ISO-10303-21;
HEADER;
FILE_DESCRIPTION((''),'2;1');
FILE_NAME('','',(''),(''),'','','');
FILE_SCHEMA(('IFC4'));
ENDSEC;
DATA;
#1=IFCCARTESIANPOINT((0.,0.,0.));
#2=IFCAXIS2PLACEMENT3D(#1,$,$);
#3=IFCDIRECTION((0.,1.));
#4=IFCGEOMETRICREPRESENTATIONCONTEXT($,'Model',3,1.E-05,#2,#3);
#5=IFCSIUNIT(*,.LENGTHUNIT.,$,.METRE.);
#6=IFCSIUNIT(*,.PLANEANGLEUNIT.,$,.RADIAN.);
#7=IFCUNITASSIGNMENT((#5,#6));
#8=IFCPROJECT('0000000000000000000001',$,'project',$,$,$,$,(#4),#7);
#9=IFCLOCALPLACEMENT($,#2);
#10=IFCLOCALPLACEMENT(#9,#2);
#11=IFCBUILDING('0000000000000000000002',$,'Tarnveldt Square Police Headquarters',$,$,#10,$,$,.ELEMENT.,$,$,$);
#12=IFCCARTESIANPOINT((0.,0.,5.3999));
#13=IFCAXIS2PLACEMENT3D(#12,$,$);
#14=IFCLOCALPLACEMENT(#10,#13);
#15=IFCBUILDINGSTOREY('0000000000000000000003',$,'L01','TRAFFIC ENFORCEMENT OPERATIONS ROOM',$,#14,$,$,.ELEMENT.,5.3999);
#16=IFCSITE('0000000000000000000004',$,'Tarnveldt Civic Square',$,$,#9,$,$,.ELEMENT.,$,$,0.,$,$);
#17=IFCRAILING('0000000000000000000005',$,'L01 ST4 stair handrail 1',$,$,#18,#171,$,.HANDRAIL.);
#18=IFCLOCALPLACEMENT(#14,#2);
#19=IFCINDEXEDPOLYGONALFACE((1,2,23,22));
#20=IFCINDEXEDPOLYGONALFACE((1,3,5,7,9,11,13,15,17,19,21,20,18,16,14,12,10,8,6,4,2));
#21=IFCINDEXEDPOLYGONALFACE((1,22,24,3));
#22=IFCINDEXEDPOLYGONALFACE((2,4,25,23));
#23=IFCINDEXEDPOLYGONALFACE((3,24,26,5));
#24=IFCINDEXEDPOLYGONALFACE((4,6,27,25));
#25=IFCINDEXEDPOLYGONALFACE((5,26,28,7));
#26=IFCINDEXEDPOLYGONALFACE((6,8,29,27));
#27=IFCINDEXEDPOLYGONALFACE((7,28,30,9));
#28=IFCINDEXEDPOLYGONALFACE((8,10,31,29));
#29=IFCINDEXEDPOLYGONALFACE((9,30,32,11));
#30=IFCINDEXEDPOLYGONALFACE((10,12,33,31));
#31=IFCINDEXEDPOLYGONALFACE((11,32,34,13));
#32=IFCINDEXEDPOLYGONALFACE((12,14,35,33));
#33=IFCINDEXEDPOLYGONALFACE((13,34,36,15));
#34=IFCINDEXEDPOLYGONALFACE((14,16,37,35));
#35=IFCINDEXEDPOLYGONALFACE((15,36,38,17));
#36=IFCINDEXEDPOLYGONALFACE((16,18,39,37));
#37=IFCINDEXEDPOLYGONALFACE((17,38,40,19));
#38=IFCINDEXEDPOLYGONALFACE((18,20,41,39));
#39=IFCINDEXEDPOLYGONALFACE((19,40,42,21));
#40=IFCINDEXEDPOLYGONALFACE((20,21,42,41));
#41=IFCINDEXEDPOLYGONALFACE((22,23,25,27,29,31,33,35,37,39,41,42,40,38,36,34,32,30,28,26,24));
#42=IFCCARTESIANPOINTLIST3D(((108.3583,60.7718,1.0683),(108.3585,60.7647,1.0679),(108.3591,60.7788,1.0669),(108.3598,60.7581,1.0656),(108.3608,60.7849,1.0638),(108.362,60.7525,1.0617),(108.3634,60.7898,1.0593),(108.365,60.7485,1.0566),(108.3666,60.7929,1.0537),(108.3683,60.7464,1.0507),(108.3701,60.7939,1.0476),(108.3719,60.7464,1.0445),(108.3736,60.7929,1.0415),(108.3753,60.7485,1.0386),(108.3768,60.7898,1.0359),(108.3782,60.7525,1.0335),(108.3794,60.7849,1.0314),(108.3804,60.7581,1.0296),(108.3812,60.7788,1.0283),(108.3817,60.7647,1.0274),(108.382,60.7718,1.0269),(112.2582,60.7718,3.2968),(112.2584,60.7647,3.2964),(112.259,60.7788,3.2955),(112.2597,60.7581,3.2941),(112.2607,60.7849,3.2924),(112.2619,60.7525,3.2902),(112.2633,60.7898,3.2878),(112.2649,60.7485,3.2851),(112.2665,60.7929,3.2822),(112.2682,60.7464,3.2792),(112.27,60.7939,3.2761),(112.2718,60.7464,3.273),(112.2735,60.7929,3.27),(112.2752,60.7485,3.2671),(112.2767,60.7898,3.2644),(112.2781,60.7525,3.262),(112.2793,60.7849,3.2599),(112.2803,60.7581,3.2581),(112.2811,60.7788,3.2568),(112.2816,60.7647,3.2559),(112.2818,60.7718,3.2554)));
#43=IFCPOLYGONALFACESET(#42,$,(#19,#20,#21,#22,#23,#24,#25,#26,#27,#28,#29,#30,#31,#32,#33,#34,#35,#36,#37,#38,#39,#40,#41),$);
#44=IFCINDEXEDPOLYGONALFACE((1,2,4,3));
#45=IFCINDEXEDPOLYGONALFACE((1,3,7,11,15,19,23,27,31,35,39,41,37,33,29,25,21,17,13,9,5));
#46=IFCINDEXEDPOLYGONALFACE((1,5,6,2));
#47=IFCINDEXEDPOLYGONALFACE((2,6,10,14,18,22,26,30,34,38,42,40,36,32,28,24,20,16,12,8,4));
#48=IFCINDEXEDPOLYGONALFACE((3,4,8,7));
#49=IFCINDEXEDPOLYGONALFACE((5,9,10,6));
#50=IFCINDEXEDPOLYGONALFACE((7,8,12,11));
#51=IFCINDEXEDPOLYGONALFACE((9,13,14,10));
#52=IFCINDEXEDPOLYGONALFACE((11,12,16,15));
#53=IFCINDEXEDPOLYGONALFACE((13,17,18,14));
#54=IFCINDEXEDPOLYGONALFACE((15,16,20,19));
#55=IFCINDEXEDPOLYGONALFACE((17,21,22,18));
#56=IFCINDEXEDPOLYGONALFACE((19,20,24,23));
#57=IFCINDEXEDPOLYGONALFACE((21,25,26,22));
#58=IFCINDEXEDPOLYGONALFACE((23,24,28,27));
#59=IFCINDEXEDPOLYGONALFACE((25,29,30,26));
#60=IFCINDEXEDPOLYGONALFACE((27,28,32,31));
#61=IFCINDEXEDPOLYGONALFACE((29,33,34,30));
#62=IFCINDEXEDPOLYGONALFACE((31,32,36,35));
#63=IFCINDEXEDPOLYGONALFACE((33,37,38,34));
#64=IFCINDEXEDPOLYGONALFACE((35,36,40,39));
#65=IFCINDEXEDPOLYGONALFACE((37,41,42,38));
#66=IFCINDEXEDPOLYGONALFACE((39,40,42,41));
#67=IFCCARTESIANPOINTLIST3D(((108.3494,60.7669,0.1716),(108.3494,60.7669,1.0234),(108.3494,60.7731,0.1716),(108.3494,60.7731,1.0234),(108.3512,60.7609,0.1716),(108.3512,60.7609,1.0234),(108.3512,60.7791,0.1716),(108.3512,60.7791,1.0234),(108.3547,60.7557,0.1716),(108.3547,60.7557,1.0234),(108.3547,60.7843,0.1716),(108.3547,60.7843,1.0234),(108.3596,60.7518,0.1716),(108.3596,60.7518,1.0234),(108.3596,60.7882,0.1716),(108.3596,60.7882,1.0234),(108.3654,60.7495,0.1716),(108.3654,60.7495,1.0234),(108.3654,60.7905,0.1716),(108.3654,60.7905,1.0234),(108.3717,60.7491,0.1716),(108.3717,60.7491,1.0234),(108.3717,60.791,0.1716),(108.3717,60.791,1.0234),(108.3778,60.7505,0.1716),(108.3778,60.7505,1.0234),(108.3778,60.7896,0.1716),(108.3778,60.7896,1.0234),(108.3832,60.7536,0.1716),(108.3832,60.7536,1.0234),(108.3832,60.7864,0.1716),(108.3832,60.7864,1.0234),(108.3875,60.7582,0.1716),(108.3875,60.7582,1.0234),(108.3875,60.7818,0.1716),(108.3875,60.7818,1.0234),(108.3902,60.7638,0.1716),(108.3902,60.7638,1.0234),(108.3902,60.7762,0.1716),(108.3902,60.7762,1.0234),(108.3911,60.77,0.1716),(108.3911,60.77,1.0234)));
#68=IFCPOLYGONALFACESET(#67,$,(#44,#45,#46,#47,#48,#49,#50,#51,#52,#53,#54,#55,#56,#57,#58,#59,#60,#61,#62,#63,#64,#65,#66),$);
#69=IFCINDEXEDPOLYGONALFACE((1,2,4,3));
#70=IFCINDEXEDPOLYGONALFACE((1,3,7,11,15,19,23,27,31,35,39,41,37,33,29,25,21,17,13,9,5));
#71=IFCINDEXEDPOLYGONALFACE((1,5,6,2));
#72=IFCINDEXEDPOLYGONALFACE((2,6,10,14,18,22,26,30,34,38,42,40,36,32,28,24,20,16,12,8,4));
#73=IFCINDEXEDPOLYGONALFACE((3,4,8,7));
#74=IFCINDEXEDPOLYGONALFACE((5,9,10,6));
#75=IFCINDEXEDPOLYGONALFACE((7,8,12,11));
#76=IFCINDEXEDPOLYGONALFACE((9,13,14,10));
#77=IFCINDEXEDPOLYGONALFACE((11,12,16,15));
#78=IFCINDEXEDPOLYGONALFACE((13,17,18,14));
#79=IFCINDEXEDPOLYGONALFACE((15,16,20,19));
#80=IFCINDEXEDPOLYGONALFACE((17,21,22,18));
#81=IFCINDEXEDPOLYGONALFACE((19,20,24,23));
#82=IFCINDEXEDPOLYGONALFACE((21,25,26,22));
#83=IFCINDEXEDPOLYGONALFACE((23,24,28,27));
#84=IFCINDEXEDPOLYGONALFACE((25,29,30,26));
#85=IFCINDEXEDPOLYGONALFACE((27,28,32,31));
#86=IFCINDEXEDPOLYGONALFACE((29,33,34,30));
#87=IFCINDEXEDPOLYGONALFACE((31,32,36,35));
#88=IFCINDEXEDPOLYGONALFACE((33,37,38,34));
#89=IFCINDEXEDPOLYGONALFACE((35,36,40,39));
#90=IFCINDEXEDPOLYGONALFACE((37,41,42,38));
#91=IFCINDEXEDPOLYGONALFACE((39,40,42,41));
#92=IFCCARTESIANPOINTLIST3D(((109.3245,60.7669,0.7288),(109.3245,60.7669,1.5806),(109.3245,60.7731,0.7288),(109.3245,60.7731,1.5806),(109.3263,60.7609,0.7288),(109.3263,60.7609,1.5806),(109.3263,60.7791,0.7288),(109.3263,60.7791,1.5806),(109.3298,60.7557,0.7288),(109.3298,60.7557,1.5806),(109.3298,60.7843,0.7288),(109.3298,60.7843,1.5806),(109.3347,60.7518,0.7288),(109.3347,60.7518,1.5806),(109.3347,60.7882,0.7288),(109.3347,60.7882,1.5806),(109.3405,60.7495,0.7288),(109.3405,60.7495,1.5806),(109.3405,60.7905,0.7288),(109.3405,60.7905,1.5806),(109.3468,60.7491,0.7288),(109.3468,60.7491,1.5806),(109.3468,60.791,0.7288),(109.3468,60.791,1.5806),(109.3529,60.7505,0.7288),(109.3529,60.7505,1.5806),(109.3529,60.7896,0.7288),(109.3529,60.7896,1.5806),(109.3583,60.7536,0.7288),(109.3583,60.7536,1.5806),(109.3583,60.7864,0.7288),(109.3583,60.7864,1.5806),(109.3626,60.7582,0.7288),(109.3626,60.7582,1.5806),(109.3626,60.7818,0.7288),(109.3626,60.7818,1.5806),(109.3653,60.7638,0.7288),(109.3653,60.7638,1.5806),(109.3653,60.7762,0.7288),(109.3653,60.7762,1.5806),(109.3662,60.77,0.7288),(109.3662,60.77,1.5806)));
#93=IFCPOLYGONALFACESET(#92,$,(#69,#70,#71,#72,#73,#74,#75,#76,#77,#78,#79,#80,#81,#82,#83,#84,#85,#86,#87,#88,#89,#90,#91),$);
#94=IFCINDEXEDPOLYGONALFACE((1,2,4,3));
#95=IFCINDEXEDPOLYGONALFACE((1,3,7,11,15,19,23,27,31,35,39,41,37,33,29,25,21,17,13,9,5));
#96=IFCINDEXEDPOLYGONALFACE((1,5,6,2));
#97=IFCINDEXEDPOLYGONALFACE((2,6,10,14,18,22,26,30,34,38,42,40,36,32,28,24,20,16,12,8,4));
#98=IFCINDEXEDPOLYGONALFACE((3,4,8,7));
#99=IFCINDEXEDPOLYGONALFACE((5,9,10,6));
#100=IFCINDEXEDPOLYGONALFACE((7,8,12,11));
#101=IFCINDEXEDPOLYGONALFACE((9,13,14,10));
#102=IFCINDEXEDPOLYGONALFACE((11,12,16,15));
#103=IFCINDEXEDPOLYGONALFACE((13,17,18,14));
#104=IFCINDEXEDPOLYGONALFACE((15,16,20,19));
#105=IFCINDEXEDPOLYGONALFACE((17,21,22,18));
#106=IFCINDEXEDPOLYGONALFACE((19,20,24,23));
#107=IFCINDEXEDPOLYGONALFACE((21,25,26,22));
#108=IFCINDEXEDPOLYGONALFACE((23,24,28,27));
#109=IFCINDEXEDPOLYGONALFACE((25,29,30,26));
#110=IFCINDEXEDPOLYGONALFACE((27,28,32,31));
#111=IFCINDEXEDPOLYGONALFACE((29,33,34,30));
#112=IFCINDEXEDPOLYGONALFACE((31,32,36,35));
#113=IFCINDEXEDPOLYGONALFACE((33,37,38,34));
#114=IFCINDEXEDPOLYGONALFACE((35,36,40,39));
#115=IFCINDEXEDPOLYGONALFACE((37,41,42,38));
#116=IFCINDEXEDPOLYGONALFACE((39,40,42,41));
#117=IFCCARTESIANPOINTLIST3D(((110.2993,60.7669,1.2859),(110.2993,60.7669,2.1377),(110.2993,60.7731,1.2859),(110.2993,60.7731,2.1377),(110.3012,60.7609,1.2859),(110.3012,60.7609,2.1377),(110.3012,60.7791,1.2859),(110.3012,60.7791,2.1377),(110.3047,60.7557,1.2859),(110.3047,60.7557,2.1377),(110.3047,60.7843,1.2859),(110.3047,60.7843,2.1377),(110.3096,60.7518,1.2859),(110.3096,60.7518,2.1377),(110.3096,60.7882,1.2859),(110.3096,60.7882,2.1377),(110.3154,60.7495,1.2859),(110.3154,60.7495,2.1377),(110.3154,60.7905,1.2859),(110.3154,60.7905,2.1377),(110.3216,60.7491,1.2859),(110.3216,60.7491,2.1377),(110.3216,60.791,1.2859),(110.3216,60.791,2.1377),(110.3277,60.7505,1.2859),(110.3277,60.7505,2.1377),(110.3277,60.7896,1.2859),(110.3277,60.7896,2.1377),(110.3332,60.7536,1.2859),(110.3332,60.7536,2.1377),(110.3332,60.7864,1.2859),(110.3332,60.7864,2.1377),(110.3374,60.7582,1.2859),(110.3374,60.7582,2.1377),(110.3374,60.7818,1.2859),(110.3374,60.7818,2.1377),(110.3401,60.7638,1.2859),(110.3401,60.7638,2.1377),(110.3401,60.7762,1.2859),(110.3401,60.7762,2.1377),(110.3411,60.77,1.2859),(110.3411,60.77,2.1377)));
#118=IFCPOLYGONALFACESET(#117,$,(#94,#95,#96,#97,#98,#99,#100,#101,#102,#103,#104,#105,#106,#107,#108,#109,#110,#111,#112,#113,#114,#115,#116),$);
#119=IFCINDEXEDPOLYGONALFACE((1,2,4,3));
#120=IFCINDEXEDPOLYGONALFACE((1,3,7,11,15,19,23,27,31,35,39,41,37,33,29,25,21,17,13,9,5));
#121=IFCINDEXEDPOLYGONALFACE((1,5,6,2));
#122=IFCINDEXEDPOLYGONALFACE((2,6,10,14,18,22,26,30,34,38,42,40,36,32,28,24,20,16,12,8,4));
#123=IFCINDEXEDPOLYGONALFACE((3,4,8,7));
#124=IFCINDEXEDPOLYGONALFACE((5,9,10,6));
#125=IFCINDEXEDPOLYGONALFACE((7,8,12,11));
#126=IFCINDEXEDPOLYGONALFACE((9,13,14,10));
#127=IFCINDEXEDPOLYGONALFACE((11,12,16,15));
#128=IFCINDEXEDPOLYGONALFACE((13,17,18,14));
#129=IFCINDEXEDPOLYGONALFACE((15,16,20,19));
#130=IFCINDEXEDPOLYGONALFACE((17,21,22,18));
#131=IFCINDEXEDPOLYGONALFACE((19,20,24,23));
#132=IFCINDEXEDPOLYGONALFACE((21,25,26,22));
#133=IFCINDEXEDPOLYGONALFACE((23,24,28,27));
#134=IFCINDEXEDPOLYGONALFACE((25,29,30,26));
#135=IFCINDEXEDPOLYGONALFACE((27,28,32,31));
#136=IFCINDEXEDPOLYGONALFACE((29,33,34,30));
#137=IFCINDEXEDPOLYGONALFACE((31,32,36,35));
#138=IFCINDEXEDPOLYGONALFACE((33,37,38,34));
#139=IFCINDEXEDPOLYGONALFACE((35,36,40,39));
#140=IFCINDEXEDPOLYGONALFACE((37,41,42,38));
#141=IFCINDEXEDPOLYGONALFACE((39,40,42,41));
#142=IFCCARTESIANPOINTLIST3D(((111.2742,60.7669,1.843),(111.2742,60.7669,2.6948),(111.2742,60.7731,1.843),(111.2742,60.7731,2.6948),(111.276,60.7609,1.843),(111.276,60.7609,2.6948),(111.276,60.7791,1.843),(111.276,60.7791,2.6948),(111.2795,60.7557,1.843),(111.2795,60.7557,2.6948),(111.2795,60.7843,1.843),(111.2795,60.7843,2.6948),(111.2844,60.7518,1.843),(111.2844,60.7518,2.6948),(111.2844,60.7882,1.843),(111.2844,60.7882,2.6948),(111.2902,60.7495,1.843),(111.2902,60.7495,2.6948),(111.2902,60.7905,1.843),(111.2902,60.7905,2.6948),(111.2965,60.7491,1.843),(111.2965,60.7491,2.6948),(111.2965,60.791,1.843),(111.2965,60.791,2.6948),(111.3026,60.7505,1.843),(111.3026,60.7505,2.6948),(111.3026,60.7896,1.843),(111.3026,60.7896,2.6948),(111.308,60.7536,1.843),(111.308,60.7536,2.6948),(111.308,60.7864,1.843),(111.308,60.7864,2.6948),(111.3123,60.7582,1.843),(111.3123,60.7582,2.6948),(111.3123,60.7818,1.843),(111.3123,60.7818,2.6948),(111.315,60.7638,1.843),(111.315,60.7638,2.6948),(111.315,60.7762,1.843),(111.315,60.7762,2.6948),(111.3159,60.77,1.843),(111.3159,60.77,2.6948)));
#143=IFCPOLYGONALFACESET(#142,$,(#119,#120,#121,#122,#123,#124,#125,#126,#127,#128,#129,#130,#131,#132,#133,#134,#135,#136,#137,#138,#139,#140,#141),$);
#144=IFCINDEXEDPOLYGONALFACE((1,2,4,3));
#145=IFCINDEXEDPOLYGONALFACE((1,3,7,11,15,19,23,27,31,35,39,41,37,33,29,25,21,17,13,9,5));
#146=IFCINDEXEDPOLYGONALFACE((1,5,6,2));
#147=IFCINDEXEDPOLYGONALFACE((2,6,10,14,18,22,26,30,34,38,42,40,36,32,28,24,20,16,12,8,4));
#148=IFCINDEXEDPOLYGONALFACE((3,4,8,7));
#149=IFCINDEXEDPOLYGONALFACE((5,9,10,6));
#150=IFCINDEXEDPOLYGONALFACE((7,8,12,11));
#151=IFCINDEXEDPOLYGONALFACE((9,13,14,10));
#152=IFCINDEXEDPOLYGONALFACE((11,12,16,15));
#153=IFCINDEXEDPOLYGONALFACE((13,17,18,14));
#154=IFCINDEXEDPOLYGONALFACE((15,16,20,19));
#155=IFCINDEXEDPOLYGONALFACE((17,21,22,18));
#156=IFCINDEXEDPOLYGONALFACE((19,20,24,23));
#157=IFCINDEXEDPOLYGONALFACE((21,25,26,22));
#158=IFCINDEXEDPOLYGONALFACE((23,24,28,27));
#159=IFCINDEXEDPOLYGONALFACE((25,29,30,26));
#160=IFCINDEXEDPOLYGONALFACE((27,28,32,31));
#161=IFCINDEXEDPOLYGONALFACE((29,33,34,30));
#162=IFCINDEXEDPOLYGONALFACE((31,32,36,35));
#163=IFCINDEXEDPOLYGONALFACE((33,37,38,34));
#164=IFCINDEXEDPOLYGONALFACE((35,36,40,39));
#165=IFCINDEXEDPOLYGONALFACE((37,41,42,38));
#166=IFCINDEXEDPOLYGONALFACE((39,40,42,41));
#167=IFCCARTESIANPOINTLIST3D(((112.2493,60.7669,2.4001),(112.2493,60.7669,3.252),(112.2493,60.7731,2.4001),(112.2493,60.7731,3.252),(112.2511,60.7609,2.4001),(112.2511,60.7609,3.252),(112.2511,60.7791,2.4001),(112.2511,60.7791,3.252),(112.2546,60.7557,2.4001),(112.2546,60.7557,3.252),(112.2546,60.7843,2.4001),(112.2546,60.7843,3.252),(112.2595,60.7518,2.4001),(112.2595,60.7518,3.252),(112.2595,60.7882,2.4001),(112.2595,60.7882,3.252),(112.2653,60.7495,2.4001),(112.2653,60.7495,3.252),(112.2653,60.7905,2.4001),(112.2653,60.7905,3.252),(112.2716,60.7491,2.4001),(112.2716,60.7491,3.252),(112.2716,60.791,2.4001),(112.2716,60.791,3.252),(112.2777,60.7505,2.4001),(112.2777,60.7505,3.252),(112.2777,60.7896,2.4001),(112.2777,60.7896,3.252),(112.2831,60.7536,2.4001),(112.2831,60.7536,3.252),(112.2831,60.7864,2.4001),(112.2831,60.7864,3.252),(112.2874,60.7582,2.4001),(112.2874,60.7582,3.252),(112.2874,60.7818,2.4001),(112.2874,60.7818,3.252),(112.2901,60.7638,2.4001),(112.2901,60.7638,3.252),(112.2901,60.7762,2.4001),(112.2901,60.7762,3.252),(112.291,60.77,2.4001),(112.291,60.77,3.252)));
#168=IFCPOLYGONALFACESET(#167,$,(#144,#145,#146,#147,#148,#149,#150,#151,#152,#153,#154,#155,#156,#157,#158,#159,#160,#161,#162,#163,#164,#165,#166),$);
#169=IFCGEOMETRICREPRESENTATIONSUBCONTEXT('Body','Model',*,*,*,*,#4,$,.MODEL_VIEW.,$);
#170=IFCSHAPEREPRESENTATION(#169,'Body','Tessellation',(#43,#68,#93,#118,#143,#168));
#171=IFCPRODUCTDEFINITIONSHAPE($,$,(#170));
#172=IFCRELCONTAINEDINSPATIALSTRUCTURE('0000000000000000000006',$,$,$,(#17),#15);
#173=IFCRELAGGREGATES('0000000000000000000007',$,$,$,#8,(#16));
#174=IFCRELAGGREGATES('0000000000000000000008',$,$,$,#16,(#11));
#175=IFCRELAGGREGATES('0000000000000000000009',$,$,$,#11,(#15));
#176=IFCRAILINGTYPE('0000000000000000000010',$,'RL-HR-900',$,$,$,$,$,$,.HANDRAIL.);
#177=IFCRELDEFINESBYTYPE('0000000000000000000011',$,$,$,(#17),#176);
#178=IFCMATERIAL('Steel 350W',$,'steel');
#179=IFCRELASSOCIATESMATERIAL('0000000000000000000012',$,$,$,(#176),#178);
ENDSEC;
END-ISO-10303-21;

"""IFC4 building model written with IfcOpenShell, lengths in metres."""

from ifc_helpers import new_model, si_unit, direction, frame, origin, origin_2d, place, context, subcontext, project, spatial, circle, extrude, material, type_object, element, save


model = new_model("IFC4")

# Units and contexts
model_context = context("Model", 3, precision=1e-05, world=origin(), true_north=direction((0.0, 1.0)))
body_context = subcontext(model_context, "Body", "Model", "MODEL_VIEW")
ifc_project = project(units=[si_unit("LENGTHUNIT", "METRE"), si_unit("PLANEANGLEUNIT", "RADIAN")], contexts=[model_context])

# Site, building, storey
site_placement = place(None, origin())
site = spatial("IfcSite", under=ifc_project, at=site_placement, Name="Tarnveldt Civic Square", CompositionType="ELEMENT", RefElevation=0.0)
building_placement = place(site_placement, origin())
building = spatial("IfcBuilding", under=site, at=building_placement, Name="Tarnveldt Square Police Headquarters", CompositionType="ELEMENT")
storey_placement = place(building_placement, frame((0.0, 0.0, 5.3999)))
storey = spatial("IfcBuildingStorey", under=building, at=storey_placement, Name="L01", Description="TRAFFIC ENFORCEMENT OPERATIONS ROOM", CompositionType="ELEMENT", Elevation=5.3999)

# Shared definitions
ifc_material_1 = material(Name="Steel 350W", Category="steel")

# Railing
railing_type_1 = type_object("IfcRailingType", Name="RL-HR-900", PredefinedType="HANDRAIL", material=ifc_material_1)
railing_1_placement = place(storey_placement, frame((108.3701, 60.77, 0.1716)))
element("IfcRailing", 1, at=railing_1_placement, inside=storey, type_object=railing_type_1, Name="L01 ST4 stair handrail 1", PredefinedType="HANDRAIL", context=body_context, shape_type="SweptSolid", body=[
    extrude(circle(Radius=0.0239, at=origin_2d()), frame((0.0, 0.0, 0.876), z_axis=(0.868243, 0.0, 0.496139), x_axis=(0.0, 1.0, 0.0)), (0.0, 0.0, 1.0), 4.4917),
    extrude(circle(Radius=0.021, at=origin_2d()), origin(), (0.0, 0.0, 1.0), 0.8518),
    extrude(circle(Radius=0.021, at=origin_2d()), frame((0.9751, 0.0, 0.5571)), (0.0, 0.0, 1.0), 0.8518),
    extrude(circle(Radius=0.021, at=origin_2d()), frame((1.95, 0.0, 1.1143)), (0.0, 0.0, 1.0), 0.8518),
    extrude(circle(Radius=0.021, at=origin_2d()), frame((2.9248, 0.0, 1.6714)), (0.0, 0.0, 1.0), 0.8518),
    extrude(circle(Radius=0.021, at=origin_2d()), frame((3.8999, 0.0, 2.2285)), (0.0, 0.0, 1.0), 0.8518),
])

save(model, "model.ifc")
